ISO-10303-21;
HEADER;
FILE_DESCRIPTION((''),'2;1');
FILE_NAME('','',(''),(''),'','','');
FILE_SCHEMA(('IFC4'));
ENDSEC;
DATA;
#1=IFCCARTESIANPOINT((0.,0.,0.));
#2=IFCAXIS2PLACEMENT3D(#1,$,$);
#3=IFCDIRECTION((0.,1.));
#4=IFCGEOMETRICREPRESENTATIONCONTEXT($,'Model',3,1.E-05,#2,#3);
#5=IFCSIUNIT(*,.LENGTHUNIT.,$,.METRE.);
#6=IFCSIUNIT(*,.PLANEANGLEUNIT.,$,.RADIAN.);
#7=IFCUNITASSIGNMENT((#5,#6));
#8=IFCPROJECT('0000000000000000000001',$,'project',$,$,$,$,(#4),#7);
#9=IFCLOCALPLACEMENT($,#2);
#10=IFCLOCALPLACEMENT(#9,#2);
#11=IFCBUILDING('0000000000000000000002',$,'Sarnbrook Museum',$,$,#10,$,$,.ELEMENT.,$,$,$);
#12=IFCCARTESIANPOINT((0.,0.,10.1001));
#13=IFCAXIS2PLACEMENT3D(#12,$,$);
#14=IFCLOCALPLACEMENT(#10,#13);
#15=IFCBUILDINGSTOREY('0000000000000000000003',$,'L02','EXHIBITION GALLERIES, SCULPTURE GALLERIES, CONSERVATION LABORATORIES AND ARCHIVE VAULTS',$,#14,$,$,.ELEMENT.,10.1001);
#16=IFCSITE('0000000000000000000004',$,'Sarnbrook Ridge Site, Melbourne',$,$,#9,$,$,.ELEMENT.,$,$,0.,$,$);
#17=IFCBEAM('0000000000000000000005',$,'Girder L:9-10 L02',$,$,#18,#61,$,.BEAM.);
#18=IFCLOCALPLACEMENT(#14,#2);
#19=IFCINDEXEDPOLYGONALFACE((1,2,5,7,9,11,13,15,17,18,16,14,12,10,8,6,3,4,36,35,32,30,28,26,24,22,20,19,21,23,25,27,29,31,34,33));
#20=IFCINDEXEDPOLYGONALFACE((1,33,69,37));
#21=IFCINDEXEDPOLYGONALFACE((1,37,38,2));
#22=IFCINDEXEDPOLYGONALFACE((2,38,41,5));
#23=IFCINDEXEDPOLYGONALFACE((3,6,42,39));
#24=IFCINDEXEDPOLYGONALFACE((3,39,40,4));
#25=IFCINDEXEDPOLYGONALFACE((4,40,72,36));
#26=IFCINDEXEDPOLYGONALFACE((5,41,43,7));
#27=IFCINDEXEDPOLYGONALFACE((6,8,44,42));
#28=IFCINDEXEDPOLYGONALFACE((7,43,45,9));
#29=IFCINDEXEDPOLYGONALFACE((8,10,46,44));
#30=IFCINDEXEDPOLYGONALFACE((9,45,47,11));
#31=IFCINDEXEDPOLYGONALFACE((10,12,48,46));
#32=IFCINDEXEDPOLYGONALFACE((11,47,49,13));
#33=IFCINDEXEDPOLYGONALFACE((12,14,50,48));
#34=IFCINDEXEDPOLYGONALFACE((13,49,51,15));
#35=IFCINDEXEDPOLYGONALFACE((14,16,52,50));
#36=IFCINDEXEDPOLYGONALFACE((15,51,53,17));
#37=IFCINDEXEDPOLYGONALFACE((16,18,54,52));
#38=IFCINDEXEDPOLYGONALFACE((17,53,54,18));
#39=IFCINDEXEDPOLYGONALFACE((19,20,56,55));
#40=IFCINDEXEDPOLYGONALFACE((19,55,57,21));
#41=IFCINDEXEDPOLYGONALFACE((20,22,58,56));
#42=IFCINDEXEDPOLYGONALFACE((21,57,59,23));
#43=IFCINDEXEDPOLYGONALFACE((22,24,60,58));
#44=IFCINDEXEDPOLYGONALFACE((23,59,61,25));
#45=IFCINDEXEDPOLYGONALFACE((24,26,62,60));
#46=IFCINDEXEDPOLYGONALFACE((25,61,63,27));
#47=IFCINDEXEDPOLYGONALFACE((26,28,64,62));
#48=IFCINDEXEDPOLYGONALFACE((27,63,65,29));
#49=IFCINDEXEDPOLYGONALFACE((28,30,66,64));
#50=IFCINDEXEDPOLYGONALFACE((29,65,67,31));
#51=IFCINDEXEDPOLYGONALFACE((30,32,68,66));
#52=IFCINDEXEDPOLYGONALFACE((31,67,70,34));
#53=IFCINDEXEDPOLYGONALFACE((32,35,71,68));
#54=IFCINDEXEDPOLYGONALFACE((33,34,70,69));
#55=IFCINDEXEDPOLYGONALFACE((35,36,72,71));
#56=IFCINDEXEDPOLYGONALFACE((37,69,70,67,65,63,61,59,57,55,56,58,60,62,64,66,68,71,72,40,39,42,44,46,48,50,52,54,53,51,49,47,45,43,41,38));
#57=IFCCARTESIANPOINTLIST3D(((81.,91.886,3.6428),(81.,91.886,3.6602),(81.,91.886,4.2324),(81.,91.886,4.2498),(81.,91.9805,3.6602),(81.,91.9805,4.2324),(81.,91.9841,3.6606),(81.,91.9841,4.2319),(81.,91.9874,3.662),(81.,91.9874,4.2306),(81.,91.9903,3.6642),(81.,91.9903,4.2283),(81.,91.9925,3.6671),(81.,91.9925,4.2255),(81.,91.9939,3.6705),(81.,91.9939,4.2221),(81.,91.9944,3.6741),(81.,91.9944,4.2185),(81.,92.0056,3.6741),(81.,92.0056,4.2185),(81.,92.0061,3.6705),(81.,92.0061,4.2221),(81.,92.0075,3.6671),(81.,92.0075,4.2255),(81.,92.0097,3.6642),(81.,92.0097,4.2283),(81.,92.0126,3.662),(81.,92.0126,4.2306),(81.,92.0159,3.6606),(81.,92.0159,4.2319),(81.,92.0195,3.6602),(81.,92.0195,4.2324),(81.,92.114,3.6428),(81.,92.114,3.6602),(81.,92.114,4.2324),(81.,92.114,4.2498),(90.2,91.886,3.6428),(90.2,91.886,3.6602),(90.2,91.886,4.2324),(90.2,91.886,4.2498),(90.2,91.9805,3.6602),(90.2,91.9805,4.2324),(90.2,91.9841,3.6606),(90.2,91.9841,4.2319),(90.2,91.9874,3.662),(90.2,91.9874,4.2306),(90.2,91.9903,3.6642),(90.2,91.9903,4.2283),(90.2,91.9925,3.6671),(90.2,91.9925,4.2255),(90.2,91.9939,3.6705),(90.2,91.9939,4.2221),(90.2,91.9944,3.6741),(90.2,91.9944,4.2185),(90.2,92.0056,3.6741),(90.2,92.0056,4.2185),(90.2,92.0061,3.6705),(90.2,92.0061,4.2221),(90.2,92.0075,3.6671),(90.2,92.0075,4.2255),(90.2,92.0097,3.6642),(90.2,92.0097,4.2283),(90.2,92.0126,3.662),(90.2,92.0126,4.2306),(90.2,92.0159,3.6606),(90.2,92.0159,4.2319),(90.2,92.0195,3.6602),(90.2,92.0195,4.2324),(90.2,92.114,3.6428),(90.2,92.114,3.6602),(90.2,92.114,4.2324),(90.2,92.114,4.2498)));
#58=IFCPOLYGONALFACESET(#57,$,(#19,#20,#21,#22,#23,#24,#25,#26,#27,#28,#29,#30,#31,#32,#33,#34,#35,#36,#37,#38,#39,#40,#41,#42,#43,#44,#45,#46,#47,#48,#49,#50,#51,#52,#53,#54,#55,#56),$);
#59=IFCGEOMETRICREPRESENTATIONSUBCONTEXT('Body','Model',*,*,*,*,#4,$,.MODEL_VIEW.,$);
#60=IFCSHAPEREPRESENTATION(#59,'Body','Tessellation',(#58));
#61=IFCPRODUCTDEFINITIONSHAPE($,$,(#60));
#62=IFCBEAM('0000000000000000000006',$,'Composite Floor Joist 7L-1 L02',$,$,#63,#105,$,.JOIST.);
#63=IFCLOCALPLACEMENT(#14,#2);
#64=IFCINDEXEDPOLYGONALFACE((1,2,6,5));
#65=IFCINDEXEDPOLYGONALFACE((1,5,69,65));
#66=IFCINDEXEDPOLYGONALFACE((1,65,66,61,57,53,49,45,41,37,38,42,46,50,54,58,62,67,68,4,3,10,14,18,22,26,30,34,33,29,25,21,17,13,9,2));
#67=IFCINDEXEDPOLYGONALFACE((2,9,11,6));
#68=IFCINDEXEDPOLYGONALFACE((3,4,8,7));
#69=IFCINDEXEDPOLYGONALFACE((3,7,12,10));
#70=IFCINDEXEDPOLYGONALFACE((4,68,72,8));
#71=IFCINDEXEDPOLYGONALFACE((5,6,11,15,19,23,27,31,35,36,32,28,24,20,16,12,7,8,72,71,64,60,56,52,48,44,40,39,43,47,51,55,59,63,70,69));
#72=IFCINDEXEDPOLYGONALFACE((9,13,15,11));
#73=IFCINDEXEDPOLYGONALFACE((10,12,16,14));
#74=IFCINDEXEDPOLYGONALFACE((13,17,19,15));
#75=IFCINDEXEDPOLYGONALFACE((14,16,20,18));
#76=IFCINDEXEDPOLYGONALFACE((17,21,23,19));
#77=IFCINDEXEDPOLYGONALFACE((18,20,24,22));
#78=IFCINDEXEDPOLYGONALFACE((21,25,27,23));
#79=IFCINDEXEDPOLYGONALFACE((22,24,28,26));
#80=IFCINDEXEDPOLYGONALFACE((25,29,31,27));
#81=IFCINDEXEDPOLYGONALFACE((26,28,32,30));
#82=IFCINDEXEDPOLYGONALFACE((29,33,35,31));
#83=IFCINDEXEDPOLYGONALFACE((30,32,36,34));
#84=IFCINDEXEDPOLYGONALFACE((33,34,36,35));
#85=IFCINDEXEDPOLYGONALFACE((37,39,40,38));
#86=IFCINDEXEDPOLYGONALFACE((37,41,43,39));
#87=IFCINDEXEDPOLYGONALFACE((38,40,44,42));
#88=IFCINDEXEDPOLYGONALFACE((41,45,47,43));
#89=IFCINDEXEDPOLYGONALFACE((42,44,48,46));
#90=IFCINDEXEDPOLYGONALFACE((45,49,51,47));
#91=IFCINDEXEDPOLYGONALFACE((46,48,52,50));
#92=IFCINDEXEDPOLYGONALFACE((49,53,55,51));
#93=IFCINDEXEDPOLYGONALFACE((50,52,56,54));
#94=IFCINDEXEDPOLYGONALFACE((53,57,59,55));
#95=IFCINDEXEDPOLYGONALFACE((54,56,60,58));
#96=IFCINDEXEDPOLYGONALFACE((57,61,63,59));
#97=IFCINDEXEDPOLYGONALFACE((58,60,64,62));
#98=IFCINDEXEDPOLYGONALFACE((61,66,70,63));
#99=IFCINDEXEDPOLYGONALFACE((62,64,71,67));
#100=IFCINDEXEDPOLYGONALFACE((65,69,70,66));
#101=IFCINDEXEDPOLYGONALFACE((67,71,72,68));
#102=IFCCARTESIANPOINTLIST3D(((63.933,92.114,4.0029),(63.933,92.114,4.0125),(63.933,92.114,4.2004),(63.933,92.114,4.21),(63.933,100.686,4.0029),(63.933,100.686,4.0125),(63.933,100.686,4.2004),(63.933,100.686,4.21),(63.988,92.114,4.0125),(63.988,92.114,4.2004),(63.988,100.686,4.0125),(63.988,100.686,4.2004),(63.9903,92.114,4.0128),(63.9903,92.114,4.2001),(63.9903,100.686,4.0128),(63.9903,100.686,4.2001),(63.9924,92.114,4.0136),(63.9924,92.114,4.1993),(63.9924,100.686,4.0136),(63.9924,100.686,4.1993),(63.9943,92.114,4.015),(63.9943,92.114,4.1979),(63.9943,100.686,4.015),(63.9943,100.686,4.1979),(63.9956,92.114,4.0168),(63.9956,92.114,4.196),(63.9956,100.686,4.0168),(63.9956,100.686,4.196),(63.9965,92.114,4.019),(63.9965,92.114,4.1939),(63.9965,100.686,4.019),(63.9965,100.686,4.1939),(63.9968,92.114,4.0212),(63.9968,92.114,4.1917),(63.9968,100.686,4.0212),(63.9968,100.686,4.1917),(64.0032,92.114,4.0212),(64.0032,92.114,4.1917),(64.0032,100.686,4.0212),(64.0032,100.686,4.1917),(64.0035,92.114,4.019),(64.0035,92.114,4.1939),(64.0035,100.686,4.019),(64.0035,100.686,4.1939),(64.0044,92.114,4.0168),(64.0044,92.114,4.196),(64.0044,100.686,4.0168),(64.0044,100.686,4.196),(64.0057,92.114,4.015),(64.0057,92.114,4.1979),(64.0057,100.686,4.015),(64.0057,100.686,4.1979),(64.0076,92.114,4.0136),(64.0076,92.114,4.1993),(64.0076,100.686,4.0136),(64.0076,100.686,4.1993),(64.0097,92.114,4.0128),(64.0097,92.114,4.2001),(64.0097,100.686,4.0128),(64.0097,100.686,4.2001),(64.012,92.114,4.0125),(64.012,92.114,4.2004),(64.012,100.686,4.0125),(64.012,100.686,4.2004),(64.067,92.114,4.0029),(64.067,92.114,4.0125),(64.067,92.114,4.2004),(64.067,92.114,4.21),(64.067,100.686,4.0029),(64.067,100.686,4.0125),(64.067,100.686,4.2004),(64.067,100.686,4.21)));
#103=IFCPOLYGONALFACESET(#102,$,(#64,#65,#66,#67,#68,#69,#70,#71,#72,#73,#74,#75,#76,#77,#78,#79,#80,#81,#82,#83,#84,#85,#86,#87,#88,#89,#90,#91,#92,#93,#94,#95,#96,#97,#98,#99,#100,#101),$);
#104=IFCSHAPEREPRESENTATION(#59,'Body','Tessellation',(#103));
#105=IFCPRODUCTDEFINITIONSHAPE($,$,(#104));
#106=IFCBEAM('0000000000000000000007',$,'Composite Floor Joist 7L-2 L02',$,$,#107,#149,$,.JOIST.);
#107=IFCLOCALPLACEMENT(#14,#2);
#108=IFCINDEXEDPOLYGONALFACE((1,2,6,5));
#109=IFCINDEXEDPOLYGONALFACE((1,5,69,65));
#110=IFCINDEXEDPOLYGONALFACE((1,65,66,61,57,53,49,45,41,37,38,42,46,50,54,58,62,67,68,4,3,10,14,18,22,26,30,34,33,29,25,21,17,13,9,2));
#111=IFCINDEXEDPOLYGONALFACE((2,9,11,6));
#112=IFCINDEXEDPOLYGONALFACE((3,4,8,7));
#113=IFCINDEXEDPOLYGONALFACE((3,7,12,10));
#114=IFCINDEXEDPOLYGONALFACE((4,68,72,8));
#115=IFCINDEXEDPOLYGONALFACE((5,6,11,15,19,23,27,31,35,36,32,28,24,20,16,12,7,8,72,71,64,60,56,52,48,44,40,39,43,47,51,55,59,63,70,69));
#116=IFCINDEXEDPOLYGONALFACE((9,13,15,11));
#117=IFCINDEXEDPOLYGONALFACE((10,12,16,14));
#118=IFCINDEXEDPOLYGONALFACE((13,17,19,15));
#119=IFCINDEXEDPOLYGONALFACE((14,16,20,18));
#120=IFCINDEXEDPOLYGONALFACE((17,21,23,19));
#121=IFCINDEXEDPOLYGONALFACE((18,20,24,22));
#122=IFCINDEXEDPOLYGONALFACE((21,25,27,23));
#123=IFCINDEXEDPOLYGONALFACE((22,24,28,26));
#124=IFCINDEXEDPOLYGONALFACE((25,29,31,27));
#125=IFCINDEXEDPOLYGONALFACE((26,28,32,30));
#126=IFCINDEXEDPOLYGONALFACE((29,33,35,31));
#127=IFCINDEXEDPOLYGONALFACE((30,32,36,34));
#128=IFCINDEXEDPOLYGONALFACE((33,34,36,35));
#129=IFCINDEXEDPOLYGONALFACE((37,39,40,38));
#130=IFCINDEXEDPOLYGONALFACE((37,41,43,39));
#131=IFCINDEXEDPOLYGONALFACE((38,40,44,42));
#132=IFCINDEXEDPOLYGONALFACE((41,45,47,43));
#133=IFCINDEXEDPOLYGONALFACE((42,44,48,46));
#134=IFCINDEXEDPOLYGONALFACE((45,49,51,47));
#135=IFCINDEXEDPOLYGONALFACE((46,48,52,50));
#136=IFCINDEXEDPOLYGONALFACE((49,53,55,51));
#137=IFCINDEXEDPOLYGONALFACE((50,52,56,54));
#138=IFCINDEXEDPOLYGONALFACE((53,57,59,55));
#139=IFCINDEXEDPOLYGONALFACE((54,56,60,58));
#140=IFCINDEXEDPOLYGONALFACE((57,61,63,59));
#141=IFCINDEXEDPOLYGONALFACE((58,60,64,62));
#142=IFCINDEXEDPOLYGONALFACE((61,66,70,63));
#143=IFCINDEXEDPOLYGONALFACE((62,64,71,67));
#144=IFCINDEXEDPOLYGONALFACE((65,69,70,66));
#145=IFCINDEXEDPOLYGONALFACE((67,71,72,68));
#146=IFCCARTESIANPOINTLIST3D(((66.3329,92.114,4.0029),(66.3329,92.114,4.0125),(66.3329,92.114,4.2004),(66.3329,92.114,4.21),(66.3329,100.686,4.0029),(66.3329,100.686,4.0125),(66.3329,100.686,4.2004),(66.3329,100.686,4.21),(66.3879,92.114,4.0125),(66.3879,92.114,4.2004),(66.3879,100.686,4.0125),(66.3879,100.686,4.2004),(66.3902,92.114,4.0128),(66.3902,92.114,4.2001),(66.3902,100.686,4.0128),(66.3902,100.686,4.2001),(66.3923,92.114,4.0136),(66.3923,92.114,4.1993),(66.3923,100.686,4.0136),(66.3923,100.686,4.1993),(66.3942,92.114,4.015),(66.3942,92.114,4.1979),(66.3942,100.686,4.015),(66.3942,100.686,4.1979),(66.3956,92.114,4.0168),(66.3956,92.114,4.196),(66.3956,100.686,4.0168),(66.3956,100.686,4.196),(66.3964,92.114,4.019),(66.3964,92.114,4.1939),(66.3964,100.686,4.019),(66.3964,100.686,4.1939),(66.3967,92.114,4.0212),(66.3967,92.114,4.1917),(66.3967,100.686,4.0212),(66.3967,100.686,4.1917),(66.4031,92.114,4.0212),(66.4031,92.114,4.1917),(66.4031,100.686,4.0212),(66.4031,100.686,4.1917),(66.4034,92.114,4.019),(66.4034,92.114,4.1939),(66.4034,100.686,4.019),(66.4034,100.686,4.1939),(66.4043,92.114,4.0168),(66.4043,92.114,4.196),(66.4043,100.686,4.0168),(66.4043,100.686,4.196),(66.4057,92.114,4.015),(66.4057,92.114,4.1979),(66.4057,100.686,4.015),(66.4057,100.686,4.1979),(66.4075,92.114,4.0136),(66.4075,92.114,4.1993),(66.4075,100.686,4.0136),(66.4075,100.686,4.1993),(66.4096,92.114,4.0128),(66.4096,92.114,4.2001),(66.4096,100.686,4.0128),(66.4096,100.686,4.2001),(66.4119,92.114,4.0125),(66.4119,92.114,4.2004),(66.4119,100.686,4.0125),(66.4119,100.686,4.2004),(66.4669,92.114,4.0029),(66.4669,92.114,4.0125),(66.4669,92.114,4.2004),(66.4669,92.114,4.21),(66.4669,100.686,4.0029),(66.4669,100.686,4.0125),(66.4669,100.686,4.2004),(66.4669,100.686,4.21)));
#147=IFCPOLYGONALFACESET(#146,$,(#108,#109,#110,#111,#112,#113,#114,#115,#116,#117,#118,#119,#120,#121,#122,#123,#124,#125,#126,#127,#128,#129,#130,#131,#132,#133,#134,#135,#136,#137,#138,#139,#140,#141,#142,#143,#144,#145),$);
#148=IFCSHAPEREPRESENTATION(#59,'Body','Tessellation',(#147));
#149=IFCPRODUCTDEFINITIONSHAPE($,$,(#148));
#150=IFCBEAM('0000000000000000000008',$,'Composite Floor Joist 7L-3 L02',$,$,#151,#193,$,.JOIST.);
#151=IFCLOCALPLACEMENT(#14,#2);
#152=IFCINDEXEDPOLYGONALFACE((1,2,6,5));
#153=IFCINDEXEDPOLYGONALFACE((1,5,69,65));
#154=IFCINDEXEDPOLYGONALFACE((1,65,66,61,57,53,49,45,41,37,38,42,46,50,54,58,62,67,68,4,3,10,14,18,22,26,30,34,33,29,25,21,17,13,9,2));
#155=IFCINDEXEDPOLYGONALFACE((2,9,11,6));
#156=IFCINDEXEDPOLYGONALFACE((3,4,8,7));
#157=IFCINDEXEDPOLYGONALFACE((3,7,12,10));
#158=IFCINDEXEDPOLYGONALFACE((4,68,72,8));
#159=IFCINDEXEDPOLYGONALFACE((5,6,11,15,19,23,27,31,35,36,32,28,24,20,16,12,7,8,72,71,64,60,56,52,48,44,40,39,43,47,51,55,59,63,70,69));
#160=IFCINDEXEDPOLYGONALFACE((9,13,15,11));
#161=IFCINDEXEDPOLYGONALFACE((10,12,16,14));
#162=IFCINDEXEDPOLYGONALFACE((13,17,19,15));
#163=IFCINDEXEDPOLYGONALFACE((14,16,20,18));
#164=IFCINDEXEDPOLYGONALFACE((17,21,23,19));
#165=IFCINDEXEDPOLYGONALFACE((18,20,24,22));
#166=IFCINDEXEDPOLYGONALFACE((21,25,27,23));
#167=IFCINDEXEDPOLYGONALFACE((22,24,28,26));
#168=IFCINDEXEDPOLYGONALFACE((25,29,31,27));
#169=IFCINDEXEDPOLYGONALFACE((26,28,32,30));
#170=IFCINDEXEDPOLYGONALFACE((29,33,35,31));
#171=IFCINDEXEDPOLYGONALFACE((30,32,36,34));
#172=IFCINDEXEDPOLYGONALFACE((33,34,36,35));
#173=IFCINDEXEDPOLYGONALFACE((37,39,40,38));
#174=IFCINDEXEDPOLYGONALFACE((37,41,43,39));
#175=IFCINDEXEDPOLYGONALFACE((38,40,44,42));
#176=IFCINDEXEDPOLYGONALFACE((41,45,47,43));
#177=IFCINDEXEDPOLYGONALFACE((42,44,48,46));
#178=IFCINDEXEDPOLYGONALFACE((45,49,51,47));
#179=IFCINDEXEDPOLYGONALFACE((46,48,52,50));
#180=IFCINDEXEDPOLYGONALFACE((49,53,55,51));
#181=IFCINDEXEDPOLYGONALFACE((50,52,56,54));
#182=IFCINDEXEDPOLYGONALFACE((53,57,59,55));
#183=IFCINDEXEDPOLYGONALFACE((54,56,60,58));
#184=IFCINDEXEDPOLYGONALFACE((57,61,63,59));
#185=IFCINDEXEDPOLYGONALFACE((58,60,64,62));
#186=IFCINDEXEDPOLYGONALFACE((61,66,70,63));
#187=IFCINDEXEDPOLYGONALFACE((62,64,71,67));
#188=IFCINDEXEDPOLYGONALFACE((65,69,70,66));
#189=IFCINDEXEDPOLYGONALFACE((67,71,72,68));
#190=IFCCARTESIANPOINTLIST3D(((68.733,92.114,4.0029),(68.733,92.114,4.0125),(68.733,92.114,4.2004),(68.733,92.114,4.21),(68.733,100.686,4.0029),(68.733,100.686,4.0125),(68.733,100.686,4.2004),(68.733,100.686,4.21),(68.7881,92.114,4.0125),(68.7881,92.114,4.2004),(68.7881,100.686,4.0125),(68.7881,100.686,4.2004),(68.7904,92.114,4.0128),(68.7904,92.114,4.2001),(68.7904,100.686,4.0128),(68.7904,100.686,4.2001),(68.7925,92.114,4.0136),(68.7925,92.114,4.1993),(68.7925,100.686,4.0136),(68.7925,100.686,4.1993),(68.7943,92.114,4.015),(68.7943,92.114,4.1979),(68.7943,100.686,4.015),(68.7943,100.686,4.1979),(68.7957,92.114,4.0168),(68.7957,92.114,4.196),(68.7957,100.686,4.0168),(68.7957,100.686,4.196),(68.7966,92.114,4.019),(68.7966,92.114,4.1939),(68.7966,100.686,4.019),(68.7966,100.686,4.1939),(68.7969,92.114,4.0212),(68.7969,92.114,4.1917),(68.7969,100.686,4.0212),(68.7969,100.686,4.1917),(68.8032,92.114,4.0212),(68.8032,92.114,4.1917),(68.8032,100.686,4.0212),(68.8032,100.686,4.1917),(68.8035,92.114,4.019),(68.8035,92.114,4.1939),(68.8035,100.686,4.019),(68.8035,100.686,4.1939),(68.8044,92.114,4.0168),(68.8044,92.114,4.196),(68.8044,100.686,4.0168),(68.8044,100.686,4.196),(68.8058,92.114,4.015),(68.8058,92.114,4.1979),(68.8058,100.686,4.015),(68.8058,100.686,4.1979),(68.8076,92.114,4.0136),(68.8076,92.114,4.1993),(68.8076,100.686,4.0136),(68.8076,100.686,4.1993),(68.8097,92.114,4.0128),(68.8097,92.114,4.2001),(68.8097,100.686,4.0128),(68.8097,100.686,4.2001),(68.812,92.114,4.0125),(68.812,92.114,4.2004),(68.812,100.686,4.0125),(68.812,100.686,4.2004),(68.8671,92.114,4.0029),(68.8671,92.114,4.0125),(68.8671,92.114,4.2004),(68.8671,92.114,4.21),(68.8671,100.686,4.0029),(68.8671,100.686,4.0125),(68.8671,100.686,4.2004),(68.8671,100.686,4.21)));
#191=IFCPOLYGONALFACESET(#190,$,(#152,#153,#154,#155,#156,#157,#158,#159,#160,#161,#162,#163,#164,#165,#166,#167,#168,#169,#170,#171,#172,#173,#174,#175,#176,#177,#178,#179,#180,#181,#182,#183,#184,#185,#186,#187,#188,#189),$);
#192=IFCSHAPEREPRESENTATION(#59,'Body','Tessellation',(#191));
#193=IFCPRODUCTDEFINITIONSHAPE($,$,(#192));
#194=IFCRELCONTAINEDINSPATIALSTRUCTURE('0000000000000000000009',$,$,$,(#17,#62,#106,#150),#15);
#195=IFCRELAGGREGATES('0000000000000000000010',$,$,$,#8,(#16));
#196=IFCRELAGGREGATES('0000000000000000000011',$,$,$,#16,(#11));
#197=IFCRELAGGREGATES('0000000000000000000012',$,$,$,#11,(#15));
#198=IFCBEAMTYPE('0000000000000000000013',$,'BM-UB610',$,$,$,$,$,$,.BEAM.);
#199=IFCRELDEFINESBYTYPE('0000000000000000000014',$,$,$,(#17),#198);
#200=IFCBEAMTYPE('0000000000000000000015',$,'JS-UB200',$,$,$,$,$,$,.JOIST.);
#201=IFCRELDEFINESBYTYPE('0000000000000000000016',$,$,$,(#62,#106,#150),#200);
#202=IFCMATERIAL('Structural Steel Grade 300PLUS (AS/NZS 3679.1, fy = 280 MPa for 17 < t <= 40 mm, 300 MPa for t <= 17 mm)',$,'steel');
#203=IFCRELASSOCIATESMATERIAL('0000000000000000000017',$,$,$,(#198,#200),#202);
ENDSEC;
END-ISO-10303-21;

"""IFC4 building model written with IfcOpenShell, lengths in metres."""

from ifc_helpers import new_model, si_unit, direction, frame, origin, origin_2d, place, context, subcontext, project, spatial, i_section, extrude, material, material_profile, profile_set, type_object, element, save


model = new_model("IFC4")

# Units and contexts
model_context = context("Model", 3, precision=1e-05, world=origin(), true_north=direction((0.0, 1.0)))
body_context = subcontext(model_context, "Body", "Model", "MODEL_VIEW")
ifc_project = project(units=[si_unit("LENGTHUNIT", "METRE"), si_unit("PLANEANGLEUNIT", "RADIAN")], contexts=[model_context])

# Site, building, storey
site_placement = place(None, origin())
site = spatial("IfcSite", under=ifc_project, at=site_placement, Name="Sarnbrook Ridge Site, Melbourne", CompositionType="ELEMENT", RefElevation=0.0)
building_placement = place(site_placement, origin())
building = spatial("IfcBuilding", under=site, at=building_placement, Name="Sarnbrook Museum", CompositionType="ELEMENT")
storey_placement = place(building_placement, frame((0.0, 0.0, 10.1001)))
storey = spatial("IfcBuildingStorey", under=building, at=storey_placement, Name="L02", Description="EXHIBITION GALLERIES, SCULPTURE GALLERIES, CONSERVATION LABORATORIES AND ARCHIVE VAULTS", CompositionType="ELEMENT", Elevation=10.1001)

# Beams
ifc_material_1 = material(Name="Structural Steel Grade 300PLUS (AS/NZS 3679.1, fy = 280 MPa for 17 < t <= 40 mm, 300 MPa for t <= 17 mm)", Category="steel")
ifc_material_profile_1 = material_profile(ifc_material_1, i_section(OverallWidth=0.228, OverallDepth=0.6069, WebThickness=0.0112, FlangeThickness=0.0173, FilletRadius=0.0139, at=origin_2d()), Name="610UB113")
ifc_profile_set_1 = profile_set([ifc_material_profile_1], Name="Structural Steel Grade 300PLUS (AS/NZS 3679.1, fy = 280 MPa for 17 < t <= 40 mm, 300 MPa for t <= 17 mm)")
beam_type_1 = type_object("IfcBeamType", Name="BM-UB610", PredefinedType="BEAM", material=ifc_profile_set_1)
beam_1_placement = place(storey_placement, frame((81.0, 92.0, 3.9463), z_axis=(1.0, 0.0, 0.0), x_axis=(0.0, 1.0, 0.0)))
element("IfcBeam", 1, at=beam_1_placement, inside=storey, type_object=beam_type_1, Name="Girder L:9-10 L02", PredefinedType="BEAM", context=body_context, shape_type="SweptSolid", body=[
    extrude(i_section(OverallWidth=0.228, OverallDepth=0.6069, WebThickness=0.0112, FlangeThickness=0.0173, FilletRadius=0.0139, at=origin_2d()), origin(), (0.0, 0.0, 1.0), 9.2),
])
ifc_material_profile_2 = material_profile(ifc_material_1, i_section(OverallWidth=0.134, OverallDepth=0.207, WebThickness=0.0063, FlangeThickness=0.0095, FilletRadius=0.0088, at=origin_2d()), Name="200UB29.8")
ifc_profile_set_2 = profile_set([ifc_material_profile_2], Name="Structural Steel Grade 300PLUS (AS/NZS 3679.1, fy = 280 MPa for 17 < t <= 40 mm, 300 MPa for t <= 17 mm)")
beam_type_2 = type_object("IfcBeamType", Name="JS-UB200", PredefinedType="JOIST", material=ifc_profile_set_2)
for number, where, z_axis, x_axis, name in (
    (2, (64.0, 92.114, 4.1064), (0.0, 1.0, 0.0), (-1.0, 0.0, 0.0), "Composite Floor Joist 7L-1 L02"),
    (3, (66.3999, 92.114, 4.1064), (0.0, 1.0, 0.0), (-1.0, 0.0, 0.0), "Composite Floor Joist 7L-2 L02"),
    (4, (68.8, 92.114, 4.1064), (0.0, 1.0, 0.0), (-1.0, 0.0, 0.0), "Composite Floor Joist 7L-3 L02"),
):
    element("IfcBeam", number, at=place(storey_placement, frame(where, z_axis=z_axis, x_axis=x_axis)), inside=storey, type_object=beam_type_2, Name=name, PredefinedType="JOIST", context=body_context, shape_type="SweptSolid", body=[
        extrude(i_section(OverallWidth=0.134, OverallDepth=0.207, WebThickness=0.0063, FlangeThickness=0.0095, FilletRadius=0.0088, at=origin_2d()), origin(), (0.0, 0.0, 1.0), 8.572),
    ])

save(model, "model.ifc")
